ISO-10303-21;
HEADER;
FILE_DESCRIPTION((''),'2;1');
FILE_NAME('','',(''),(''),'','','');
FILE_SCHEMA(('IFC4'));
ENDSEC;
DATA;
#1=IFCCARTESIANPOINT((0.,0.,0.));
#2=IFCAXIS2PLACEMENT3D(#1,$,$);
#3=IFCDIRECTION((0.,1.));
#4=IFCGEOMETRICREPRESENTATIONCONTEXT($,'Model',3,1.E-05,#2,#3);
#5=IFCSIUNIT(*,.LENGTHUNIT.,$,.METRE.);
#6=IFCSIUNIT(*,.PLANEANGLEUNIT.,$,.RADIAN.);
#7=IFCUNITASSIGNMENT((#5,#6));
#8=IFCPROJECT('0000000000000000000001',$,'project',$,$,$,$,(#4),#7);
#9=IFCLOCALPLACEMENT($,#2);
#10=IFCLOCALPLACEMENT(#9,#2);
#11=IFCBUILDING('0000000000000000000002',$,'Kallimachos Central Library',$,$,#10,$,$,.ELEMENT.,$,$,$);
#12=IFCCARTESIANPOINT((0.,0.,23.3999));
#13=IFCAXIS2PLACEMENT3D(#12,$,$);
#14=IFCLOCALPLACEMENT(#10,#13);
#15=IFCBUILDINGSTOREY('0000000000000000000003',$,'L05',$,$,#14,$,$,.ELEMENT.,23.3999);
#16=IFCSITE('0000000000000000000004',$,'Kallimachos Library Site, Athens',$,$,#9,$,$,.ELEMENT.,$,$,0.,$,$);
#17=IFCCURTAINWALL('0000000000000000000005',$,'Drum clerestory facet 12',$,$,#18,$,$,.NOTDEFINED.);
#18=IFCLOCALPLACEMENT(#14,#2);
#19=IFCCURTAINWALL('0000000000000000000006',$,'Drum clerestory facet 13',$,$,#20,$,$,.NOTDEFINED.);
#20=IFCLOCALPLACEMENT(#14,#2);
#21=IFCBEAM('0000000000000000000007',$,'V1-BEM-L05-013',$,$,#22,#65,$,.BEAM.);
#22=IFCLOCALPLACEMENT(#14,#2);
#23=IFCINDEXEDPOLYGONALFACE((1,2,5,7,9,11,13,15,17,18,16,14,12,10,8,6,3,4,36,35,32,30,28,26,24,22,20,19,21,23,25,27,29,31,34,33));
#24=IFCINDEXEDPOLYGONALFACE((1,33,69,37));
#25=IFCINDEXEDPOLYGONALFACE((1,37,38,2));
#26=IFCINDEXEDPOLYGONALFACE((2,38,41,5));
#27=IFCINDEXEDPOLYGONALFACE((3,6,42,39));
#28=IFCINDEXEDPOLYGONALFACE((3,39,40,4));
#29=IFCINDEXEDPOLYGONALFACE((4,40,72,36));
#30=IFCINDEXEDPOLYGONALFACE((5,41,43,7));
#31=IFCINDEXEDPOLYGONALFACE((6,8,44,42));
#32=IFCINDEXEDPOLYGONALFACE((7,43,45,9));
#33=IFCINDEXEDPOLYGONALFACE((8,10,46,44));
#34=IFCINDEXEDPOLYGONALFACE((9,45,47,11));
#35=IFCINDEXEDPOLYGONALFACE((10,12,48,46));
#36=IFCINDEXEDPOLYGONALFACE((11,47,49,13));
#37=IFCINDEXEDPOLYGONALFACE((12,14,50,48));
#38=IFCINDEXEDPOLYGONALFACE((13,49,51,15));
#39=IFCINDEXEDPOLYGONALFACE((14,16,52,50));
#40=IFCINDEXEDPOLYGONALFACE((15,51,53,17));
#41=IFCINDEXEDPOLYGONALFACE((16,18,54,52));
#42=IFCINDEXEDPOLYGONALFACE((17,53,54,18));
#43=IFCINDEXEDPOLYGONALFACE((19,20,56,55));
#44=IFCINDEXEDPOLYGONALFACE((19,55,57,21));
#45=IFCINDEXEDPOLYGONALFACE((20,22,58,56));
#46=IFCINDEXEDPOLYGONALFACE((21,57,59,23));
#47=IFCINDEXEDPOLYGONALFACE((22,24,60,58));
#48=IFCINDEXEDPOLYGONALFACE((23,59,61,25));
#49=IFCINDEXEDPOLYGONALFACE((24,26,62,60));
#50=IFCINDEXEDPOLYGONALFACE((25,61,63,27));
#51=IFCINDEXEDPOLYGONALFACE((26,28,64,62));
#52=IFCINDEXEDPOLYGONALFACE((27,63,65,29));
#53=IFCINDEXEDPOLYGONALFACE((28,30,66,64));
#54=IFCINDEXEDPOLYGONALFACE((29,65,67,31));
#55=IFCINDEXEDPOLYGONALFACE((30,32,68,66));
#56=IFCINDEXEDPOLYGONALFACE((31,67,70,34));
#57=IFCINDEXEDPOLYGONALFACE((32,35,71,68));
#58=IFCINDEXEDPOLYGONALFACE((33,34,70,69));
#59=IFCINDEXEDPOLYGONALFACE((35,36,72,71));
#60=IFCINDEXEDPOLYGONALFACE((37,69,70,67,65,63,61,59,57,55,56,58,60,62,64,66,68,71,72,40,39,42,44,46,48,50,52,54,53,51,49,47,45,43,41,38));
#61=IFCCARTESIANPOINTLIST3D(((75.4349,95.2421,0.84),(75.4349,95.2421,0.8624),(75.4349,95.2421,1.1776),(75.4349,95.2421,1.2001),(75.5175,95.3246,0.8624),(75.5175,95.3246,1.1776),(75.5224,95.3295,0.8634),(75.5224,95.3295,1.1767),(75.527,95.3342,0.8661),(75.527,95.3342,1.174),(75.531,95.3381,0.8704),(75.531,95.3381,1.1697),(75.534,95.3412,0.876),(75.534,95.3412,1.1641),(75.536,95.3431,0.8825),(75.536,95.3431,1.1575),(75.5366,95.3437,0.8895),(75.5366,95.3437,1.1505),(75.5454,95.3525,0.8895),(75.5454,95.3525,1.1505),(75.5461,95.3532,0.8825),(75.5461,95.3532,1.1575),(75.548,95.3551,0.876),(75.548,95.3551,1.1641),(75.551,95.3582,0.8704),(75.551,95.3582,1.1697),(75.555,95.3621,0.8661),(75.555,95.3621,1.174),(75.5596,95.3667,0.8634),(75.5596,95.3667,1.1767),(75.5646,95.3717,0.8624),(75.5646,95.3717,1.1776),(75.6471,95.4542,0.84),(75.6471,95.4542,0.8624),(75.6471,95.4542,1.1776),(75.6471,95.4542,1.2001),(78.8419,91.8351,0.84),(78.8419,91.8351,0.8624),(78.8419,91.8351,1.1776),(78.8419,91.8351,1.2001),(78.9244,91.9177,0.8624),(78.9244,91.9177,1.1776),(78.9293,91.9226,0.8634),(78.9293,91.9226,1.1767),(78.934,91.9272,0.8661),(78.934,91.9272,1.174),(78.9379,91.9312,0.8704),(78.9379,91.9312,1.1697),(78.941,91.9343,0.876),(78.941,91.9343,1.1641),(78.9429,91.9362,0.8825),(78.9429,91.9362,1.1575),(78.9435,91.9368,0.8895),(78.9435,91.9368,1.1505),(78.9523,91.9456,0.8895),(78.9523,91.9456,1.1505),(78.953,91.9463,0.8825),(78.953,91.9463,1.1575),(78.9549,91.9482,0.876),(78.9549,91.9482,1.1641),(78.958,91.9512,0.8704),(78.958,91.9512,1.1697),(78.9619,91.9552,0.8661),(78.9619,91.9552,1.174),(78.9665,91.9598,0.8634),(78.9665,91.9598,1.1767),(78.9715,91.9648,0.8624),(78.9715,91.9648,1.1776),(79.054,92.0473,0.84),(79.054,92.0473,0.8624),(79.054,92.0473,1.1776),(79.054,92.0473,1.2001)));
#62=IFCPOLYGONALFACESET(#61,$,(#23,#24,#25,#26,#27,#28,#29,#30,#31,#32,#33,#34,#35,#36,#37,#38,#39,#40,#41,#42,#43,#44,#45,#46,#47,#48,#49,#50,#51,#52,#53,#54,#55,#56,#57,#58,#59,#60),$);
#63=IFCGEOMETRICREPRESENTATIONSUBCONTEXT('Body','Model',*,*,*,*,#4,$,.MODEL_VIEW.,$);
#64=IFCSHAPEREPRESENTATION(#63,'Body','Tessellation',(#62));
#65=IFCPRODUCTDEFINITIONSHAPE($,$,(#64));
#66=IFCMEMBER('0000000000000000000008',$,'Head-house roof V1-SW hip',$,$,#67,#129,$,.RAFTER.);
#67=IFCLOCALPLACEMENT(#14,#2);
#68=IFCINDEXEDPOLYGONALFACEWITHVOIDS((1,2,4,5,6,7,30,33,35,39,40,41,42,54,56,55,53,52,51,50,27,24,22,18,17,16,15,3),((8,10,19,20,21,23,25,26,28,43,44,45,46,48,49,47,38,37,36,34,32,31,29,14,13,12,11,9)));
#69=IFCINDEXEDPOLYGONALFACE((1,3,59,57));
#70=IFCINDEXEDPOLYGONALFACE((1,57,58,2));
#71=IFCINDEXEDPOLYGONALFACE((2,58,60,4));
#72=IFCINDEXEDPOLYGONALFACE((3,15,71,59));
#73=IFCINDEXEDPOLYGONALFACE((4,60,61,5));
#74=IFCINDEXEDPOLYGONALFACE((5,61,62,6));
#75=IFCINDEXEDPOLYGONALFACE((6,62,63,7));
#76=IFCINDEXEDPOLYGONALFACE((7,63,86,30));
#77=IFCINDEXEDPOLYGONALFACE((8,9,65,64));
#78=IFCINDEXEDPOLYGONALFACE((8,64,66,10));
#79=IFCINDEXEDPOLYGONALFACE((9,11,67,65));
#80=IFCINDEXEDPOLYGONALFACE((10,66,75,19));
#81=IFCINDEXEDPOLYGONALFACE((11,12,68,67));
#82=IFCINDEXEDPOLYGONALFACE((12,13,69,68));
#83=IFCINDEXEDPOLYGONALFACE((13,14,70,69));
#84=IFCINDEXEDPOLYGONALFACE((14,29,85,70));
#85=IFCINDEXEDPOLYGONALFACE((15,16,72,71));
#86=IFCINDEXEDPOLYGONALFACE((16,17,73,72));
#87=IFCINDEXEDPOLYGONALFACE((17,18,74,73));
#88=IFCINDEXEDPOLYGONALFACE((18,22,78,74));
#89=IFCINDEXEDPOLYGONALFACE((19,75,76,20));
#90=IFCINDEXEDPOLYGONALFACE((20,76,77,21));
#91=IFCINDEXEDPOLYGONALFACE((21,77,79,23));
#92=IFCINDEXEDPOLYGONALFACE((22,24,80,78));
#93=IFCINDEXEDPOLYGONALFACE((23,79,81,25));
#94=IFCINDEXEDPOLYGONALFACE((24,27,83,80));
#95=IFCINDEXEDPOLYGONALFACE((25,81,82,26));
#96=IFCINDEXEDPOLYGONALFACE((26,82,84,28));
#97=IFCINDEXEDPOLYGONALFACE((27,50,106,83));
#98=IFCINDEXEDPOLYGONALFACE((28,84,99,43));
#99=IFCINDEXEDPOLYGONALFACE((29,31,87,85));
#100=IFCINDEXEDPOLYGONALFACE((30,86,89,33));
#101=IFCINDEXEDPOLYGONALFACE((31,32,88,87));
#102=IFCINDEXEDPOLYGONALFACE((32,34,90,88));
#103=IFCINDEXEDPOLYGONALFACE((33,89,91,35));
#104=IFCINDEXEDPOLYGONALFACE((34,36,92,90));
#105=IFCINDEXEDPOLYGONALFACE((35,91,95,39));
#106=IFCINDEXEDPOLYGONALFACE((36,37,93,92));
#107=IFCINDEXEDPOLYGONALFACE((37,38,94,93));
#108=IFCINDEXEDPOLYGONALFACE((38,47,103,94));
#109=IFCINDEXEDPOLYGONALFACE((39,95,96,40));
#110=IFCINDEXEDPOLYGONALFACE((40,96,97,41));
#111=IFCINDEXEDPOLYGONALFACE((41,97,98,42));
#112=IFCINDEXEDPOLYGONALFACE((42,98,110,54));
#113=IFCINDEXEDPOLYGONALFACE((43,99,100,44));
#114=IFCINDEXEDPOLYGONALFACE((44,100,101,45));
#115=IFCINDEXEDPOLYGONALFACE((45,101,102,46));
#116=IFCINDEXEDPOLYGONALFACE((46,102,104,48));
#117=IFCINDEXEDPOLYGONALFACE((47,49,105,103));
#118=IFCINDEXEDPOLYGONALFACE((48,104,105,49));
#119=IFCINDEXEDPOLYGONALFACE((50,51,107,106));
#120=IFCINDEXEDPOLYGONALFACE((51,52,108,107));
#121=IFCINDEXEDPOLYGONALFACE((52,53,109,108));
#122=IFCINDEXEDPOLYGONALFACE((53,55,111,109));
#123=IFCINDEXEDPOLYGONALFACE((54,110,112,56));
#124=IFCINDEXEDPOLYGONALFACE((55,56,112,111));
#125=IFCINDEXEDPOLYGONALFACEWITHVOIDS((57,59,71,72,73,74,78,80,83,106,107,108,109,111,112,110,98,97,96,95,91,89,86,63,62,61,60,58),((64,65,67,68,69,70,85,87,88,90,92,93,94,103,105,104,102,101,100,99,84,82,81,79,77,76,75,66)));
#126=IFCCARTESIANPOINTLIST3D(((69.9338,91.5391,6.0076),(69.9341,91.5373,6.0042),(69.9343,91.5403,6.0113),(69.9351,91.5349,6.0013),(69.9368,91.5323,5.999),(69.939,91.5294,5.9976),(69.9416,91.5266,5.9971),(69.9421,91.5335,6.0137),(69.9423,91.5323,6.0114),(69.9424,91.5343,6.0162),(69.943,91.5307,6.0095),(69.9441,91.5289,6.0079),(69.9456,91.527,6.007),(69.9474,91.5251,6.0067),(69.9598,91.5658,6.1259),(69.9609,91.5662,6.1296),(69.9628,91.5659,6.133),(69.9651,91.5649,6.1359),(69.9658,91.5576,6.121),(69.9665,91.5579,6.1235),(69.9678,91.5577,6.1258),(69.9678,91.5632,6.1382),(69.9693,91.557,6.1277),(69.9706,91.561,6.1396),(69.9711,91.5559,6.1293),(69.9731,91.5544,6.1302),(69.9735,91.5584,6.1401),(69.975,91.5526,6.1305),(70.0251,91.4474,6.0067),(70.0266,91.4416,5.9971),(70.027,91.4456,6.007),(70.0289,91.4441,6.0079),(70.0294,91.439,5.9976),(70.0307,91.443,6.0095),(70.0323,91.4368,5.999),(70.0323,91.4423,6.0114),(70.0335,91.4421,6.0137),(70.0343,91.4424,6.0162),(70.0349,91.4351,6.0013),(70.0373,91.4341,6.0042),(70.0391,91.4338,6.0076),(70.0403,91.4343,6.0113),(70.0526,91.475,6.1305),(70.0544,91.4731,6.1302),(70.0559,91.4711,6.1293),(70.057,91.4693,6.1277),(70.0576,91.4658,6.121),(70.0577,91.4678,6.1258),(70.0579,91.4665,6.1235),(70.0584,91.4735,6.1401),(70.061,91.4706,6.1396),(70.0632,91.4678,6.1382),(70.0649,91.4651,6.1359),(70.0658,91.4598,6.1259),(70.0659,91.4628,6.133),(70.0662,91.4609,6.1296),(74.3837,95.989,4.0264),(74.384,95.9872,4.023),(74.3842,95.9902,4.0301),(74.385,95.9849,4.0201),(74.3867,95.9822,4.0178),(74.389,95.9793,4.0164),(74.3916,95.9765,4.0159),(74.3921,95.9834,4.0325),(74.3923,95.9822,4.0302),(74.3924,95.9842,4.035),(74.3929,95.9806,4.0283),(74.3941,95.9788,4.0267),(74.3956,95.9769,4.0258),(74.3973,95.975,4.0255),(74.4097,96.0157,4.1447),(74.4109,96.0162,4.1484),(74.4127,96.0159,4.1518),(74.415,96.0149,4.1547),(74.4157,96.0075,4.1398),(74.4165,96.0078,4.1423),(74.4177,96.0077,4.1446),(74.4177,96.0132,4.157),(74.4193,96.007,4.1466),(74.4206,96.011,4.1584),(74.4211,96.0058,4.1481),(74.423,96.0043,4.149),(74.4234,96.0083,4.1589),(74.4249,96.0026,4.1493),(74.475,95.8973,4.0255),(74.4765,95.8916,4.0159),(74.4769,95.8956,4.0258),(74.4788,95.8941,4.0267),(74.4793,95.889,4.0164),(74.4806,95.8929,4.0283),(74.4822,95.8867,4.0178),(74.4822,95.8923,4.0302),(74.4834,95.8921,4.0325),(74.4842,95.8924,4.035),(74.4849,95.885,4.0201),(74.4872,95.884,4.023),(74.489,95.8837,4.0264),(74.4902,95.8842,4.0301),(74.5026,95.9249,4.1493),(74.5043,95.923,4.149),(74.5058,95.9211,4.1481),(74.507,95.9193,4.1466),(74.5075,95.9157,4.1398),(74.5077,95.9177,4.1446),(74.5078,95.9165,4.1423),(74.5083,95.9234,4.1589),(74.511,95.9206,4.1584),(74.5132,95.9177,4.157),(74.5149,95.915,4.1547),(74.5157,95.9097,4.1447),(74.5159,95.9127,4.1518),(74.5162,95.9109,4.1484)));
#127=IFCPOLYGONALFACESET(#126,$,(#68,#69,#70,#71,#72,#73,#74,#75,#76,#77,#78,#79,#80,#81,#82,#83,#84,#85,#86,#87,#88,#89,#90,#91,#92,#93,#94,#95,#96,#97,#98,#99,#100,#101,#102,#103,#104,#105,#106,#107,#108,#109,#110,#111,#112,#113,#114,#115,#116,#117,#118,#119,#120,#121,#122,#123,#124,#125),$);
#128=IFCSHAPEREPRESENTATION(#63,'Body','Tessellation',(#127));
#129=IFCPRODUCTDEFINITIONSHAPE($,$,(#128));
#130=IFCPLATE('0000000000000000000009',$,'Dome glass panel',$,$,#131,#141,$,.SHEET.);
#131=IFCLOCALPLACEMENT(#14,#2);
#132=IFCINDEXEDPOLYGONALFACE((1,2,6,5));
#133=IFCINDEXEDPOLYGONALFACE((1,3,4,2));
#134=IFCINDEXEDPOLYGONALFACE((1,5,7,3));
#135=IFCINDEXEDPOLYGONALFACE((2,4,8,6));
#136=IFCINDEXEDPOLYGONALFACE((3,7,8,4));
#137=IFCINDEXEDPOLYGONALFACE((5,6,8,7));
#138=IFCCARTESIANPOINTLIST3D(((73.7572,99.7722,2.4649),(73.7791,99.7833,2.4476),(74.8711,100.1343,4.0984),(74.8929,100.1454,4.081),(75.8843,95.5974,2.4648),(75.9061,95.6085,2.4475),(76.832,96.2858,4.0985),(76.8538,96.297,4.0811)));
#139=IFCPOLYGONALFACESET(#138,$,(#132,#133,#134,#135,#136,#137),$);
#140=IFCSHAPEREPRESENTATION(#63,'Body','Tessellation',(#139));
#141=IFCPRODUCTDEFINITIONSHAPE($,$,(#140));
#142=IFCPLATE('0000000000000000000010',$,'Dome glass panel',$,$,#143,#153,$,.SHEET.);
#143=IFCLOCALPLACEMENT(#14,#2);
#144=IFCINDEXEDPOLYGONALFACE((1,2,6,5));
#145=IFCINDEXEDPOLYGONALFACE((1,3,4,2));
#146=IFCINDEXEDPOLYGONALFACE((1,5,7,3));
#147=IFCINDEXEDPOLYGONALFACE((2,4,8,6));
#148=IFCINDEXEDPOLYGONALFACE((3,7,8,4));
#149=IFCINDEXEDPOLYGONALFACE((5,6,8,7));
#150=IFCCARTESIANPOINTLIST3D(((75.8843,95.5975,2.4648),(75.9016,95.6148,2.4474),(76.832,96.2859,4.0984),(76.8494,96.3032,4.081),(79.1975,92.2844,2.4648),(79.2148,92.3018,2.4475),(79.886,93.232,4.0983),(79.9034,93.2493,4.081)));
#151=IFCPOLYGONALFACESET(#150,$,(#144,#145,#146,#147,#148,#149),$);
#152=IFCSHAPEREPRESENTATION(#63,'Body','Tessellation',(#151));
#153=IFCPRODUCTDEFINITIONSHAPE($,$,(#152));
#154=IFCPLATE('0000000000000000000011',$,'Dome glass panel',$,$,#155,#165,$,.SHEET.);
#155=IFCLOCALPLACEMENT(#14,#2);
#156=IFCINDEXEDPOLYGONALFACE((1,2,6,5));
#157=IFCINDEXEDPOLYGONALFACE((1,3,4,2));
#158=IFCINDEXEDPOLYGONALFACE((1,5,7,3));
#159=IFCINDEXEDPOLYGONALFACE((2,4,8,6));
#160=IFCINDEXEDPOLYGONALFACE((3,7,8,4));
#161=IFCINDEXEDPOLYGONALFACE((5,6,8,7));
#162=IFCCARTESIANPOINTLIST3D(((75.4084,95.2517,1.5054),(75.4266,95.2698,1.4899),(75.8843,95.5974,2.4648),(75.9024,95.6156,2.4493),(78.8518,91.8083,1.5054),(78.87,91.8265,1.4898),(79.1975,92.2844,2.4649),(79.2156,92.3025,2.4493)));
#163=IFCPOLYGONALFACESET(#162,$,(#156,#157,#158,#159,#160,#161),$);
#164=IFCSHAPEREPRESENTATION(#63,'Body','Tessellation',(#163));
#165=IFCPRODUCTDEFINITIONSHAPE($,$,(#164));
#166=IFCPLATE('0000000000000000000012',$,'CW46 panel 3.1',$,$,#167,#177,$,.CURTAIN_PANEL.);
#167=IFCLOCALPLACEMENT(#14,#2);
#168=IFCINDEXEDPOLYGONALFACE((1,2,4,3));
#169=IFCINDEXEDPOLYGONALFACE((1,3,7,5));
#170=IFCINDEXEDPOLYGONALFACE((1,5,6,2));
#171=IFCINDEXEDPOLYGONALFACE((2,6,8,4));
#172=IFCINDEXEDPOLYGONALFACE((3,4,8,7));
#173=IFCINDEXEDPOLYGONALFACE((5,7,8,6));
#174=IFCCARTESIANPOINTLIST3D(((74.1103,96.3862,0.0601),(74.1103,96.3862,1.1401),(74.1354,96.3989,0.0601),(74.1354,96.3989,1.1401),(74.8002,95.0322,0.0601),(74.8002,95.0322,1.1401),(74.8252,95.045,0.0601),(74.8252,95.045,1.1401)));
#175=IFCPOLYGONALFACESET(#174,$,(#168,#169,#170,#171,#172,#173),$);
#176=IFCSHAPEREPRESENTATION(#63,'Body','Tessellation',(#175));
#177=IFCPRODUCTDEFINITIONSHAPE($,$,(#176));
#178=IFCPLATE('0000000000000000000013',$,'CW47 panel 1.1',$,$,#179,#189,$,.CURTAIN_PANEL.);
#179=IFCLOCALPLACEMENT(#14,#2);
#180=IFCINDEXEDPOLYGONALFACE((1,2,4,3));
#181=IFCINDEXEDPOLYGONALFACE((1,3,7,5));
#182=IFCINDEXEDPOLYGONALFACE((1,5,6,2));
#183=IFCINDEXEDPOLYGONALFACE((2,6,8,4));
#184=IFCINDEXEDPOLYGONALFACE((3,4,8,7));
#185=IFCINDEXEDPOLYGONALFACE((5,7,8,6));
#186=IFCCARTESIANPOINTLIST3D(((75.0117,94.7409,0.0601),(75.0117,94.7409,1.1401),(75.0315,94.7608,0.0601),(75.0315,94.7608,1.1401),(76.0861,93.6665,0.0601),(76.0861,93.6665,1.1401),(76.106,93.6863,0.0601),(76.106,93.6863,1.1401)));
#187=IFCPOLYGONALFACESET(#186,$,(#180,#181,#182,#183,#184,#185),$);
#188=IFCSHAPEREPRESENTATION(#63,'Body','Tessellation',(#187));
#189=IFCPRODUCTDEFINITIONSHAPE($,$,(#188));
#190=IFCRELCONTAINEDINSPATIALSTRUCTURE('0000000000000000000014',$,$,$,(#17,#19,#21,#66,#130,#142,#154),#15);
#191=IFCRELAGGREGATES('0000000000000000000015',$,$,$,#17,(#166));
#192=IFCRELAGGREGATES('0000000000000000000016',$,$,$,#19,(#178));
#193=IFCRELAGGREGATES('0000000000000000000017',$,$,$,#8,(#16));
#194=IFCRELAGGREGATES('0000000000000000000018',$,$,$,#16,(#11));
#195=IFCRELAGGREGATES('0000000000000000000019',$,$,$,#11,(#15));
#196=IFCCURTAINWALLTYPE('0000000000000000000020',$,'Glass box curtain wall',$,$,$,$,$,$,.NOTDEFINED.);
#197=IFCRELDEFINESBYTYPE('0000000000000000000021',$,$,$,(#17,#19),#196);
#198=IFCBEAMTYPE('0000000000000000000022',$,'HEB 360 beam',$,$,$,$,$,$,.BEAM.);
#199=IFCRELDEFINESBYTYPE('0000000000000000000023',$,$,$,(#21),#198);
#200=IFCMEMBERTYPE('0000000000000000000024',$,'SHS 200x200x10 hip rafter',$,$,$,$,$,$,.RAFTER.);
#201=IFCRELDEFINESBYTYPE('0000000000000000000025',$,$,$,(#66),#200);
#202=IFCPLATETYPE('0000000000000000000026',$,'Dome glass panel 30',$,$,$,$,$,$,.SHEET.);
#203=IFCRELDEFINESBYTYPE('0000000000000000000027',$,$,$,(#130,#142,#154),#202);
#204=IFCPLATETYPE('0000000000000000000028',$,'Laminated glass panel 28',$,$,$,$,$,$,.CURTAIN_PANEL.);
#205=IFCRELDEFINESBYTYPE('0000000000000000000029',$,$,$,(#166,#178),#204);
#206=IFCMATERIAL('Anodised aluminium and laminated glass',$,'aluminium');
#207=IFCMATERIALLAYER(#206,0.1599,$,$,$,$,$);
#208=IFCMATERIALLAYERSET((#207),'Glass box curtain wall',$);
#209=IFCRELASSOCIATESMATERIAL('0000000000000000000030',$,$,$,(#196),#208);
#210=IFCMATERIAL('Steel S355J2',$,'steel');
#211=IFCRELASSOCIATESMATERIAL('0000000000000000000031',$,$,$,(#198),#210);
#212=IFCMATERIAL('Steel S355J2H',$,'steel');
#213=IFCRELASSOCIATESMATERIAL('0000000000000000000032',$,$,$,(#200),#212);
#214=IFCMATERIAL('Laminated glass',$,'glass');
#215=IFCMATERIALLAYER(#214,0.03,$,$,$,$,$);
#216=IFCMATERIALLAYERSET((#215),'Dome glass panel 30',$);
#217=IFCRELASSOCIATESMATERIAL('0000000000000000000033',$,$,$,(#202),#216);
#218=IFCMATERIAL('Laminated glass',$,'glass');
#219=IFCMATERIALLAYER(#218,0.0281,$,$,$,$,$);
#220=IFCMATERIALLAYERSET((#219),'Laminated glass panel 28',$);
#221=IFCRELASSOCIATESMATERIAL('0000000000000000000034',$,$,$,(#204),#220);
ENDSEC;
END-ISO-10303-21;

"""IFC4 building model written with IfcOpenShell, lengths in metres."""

from ifc_helpers import new_model, si_unit, direction, frame, origin, origin_2d, place, context, subcontext, project, spatial, polyline, rectangle, hollow_rectangle, i_section, outline, extrude, material, layer, layer_set, material_profile, profile_set, type_object, element, aggregate, save


model = new_model("IFC4")

# Units and contexts
model_context = context("Model", 3, precision=1e-05, world=origin(), true_north=direction((0.0, 1.0)))
body_context = subcontext(model_context, "Body", "Model", "MODEL_VIEW")
ifc_project = project(units=[si_unit("LENGTHUNIT", "METRE"), si_unit("PLANEANGLEUNIT", "RADIAN")], contexts=[model_context])

# Site, building, storey
site_placement = place(None, origin())
site = spatial("IfcSite", under=ifc_project, at=site_placement, Name="Kallimachos Library Site, Athens", CompositionType="ELEMENT", RefElevation=0.0)
building_placement = place(site_placement, origin())
building = spatial("IfcBuilding", under=site, at=building_placement, Name="Kallimachos Central Library", CompositionType="ELEMENT")
storey_placement = place(building_placement, frame((0.0, 0.0, 23.3999)))
storey = spatial("IfcBuildingStorey", under=building, at=storey_placement, Name="L05", CompositionType="ELEMENT", Elevation=23.3999)

# Curtain walls
ifc_material_1 = material(Name="Anodised aluminium and laminated glass", Category="aluminium")
ifc_layer_1 = layer(ifc_material_1, 0.1599)
ifc_layer_set_1 = layer_set([ifc_layer_1], Name="Glass box curtain wall")
curtain_wall_type = type_object("IfcCurtainWallType", Name="Glass box curtain wall", PredefinedType="NOTDEFINED", material=ifc_layer_set_1)
curtain_wall_1_placement = place(storey_placement, origin())
curtain_wall_1 = element("IfcCurtainWall", 1, at=curtain_wall_1_placement, inside=storey, type_object=curtain_wall_type, Name="Drum clerestory facet 12", PredefinedType="NOTDEFINED")
curtain_wall_2_placement = place(storey_placement, origin())
curtain_wall_2 = element("IfcCurtainWall", 2, at=curtain_wall_2_placement, inside=storey, type_object=curtain_wall_type, Name="Drum clerestory facet 13", PredefinedType="NOTDEFINED")

# Beam
ifc_material_2 = material(Name="Steel S355J2", Category="steel")
ifc_material_profile_1 = material_profile(ifc_material_2, i_section(OverallWidth=0.3, OverallDepth=0.3601, WebThickness=0.0125, FlangeThickness=0.0225, FilletRadius=0.0271, at=origin_2d()), Name="HEB 360")
ifc_profile_set_1 = profile_set([ifc_material_profile_1], Name="Steel S355J2")
beam_type = type_object("IfcBeamType", Name="HEB 360 beam", PredefinedType="BEAM", material=ifc_profile_set_1)
beam_placement = place(storey_placement, frame((75.541, 95.3481, 1.02), z_axis=(0.707107, -0.707107, 0.0), x_axis=(0.707107, 0.707107, 0.0)))
element("IfcBeam", 3, at=beam_placement, inside=storey, type_object=beam_type, Name="V1-BEM-L05-013", PredefinedType="BEAM", context=body_context, shape_type="SweptSolid", body=[
    extrude(i_section(OverallWidth=0.3, OverallDepth=0.3601, WebThickness=0.0125, FlangeThickness=0.0225, FilletRadius=0.0271, at=origin_2d()), origin(), (0.0, 0.0, 1.0), 4.8181),
])

# Member
ifc_material_3 = material(Name="Steel S355J2H", Category="steel")
ifc_material_profile_2 = material_profile(ifc_material_3, hollow_rectangle(XDim=0.1499, YDim=0.1499, WallThickness=0.01, InnerFilletRadius=0.01, OuterFilletRadius=0.0149, at=origin_2d()), Name="SHS 150x150x10")
ifc_profile_set_2 = profile_set([ifc_material_profile_2], Name="Steel S355J2H")
member_type_1 = type_object("IfcMemberType", Name="SHS 200x200x10 hip rafter", PredefinedType="RAFTER", material=ifc_profile_set_2)
member_1_placement = place(storey_placement, frame((74.45, 95.95, 4.0874), z_axis=(-0.674473, -0.674473, 0.300288), x_axis=(0.707107, -0.707107, 0.0)))
element("IfcMember", 4, at=member_1_placement, inside=storey, type_object=member_type_1, Name="Head-house roof V1-SW hip", PredefinedType="RAFTER", context=body_context, shape_type="SweptSolid", body=[
    extrude(hollow_rectangle(XDim=0.1499, YDim=0.1499, WallThickness=0.01, InnerFilletRadius=0.01, OuterFilletRadius=0.0149, at=origin_2d()), origin(), (0.0, 0.0, 1.0), 6.5977),
])

# Plates
ifc_material_4 = material(Name="Laminated glass", Category="glass")
ifc_layer_2 = layer(ifc_material_4, 0.03)
ifc_layer_set_2 = layer_set([ifc_layer_2], Name="Dome glass panel 30")
plate_type_1 = type_object("IfcPlateType", Name="Dome glass panel 30", PredefinedType="SHEET", material=ifc_layer_set_2)
plate_1_placement = place(storey_placement, frame((74.8711, 100.1343, 4.0984), z_axis=(-0.727132, -0.370481, 0.577947), x_axis=(-0.554157, -0.180151, -0.812684)))
element("IfcPlate", 5, at=plate_1_placement, inside=storey, type_object=plate_type_1, Name="Dome glass panel", PredefinedType="SHEET", context=body_context, shape_type="SweptSolid", body=[
    extrude(outline(polyline([(0.0, 0.0), (2.01, 0.0), (1.5834, 4.6659), (-0.3934, 4.3012), (0.0, 0.0)])), origin(), (0.0, 0.0, -1.0), 0.03),
])
plate_2_placement = place(storey_placement, frame((76.832, 96.2859, 4.0984), z_axis=(-0.577037, -0.577059, 0.577954), x_axis=(-0.471465, -0.342481, -0.812667)))
element("IfcPlate", 6, at=plate_2_placement, inside=storey, type_object=plate_type_1, Name="Dome glass panel", PredefinedType="SHEET", context=body_context, shape_type="SweptSolid", body=[
    extrude(outline(polyline([(0.0, 0.0), (2.0102, 0.0), (1.5827, 4.6659), (-0.3939, 4.3009), (0.0, 0.0)])), origin(), (0.0, 0.0, -1.0), 0.03),
])
plate_3_placement = place(storey_placement, frame((75.8843, 95.5974, 2.4648), z_axis=(-0.604845, -0.604867, 0.517975), x_axis=(-0.422852, -0.307224, -0.852531)))
element("IfcPlate", 7, at=plate_3_placement, inside=storey, type_object=plate_type_1, Name="Dome glass panel", PredefinedType="SHEET", context=body_context, shape_type="SweptSolid", body=[
    extrude(outline(polyline([(0.0, 0.0), (1.1254, 0.0), (0.7272, 4.8533), (-0.3832, 4.6698), (0.0, 0.0)])), origin(), (0.0, 0.0, -1.0), 0.03),
])

# Plates
ifc_material_5 = material(Name="Laminated glass", Category="glass")
ifc_layer_3 = layer(ifc_material_5, 0.0281)
ifc_layer_set_3 = layer_set([ifc_layer_3], Name="Laminated glass panel 28")
plate_type_2 = type_object("IfcPlateType", Name="Laminated glass panel 28", PredefinedType="CURTAIN_PANEL", material=ifc_layer_set_3)
plate_4_placement = place(storey_placement, frame((74.4678, 95.7156, 0.0601), z_axis=(0.0, 0.0, 1.0), x_axis=(0.453991, -0.891006, 0.0)))
plate_4 = element("IfcPlate", 8, at=plate_4_placement, type_object=plate_type_2, Name="CW46 panel 3.1", PredefinedType="CURTAIN_PANEL", context=body_context, shape_type="SweptSolid", body=[
    extrude(rectangle(XDim=1.5195, YDim=0.0281, at=origin_2d()), origin(), (0.0, 0.0, 1.0), 1.0801),
])
aggregate(curtain_wall_1, [plate_4])
plate_5_placement = place(storey_placement, frame((75.5588, 94.2136, 0.0601), z_axis=(0.0, 0.0, 1.0), x_axis=(0.707107, -0.707107, 0.0)))
plate_5 = element("IfcPlate", 9, at=plate_5_placement, type_object=plate_type_2, Name="CW47 panel 1.1", PredefinedType="CURTAIN_PANEL", context=body_context, shape_type="SweptSolid", body=[
    extrude(rectangle(XDim=1.5195, YDim=0.0281, at=origin_2d()), origin(), (0.0, 0.0, 1.0), 1.0801),
])
aggregate(curtain_wall_2, [plate_5])

save(model, "model.ifc")
